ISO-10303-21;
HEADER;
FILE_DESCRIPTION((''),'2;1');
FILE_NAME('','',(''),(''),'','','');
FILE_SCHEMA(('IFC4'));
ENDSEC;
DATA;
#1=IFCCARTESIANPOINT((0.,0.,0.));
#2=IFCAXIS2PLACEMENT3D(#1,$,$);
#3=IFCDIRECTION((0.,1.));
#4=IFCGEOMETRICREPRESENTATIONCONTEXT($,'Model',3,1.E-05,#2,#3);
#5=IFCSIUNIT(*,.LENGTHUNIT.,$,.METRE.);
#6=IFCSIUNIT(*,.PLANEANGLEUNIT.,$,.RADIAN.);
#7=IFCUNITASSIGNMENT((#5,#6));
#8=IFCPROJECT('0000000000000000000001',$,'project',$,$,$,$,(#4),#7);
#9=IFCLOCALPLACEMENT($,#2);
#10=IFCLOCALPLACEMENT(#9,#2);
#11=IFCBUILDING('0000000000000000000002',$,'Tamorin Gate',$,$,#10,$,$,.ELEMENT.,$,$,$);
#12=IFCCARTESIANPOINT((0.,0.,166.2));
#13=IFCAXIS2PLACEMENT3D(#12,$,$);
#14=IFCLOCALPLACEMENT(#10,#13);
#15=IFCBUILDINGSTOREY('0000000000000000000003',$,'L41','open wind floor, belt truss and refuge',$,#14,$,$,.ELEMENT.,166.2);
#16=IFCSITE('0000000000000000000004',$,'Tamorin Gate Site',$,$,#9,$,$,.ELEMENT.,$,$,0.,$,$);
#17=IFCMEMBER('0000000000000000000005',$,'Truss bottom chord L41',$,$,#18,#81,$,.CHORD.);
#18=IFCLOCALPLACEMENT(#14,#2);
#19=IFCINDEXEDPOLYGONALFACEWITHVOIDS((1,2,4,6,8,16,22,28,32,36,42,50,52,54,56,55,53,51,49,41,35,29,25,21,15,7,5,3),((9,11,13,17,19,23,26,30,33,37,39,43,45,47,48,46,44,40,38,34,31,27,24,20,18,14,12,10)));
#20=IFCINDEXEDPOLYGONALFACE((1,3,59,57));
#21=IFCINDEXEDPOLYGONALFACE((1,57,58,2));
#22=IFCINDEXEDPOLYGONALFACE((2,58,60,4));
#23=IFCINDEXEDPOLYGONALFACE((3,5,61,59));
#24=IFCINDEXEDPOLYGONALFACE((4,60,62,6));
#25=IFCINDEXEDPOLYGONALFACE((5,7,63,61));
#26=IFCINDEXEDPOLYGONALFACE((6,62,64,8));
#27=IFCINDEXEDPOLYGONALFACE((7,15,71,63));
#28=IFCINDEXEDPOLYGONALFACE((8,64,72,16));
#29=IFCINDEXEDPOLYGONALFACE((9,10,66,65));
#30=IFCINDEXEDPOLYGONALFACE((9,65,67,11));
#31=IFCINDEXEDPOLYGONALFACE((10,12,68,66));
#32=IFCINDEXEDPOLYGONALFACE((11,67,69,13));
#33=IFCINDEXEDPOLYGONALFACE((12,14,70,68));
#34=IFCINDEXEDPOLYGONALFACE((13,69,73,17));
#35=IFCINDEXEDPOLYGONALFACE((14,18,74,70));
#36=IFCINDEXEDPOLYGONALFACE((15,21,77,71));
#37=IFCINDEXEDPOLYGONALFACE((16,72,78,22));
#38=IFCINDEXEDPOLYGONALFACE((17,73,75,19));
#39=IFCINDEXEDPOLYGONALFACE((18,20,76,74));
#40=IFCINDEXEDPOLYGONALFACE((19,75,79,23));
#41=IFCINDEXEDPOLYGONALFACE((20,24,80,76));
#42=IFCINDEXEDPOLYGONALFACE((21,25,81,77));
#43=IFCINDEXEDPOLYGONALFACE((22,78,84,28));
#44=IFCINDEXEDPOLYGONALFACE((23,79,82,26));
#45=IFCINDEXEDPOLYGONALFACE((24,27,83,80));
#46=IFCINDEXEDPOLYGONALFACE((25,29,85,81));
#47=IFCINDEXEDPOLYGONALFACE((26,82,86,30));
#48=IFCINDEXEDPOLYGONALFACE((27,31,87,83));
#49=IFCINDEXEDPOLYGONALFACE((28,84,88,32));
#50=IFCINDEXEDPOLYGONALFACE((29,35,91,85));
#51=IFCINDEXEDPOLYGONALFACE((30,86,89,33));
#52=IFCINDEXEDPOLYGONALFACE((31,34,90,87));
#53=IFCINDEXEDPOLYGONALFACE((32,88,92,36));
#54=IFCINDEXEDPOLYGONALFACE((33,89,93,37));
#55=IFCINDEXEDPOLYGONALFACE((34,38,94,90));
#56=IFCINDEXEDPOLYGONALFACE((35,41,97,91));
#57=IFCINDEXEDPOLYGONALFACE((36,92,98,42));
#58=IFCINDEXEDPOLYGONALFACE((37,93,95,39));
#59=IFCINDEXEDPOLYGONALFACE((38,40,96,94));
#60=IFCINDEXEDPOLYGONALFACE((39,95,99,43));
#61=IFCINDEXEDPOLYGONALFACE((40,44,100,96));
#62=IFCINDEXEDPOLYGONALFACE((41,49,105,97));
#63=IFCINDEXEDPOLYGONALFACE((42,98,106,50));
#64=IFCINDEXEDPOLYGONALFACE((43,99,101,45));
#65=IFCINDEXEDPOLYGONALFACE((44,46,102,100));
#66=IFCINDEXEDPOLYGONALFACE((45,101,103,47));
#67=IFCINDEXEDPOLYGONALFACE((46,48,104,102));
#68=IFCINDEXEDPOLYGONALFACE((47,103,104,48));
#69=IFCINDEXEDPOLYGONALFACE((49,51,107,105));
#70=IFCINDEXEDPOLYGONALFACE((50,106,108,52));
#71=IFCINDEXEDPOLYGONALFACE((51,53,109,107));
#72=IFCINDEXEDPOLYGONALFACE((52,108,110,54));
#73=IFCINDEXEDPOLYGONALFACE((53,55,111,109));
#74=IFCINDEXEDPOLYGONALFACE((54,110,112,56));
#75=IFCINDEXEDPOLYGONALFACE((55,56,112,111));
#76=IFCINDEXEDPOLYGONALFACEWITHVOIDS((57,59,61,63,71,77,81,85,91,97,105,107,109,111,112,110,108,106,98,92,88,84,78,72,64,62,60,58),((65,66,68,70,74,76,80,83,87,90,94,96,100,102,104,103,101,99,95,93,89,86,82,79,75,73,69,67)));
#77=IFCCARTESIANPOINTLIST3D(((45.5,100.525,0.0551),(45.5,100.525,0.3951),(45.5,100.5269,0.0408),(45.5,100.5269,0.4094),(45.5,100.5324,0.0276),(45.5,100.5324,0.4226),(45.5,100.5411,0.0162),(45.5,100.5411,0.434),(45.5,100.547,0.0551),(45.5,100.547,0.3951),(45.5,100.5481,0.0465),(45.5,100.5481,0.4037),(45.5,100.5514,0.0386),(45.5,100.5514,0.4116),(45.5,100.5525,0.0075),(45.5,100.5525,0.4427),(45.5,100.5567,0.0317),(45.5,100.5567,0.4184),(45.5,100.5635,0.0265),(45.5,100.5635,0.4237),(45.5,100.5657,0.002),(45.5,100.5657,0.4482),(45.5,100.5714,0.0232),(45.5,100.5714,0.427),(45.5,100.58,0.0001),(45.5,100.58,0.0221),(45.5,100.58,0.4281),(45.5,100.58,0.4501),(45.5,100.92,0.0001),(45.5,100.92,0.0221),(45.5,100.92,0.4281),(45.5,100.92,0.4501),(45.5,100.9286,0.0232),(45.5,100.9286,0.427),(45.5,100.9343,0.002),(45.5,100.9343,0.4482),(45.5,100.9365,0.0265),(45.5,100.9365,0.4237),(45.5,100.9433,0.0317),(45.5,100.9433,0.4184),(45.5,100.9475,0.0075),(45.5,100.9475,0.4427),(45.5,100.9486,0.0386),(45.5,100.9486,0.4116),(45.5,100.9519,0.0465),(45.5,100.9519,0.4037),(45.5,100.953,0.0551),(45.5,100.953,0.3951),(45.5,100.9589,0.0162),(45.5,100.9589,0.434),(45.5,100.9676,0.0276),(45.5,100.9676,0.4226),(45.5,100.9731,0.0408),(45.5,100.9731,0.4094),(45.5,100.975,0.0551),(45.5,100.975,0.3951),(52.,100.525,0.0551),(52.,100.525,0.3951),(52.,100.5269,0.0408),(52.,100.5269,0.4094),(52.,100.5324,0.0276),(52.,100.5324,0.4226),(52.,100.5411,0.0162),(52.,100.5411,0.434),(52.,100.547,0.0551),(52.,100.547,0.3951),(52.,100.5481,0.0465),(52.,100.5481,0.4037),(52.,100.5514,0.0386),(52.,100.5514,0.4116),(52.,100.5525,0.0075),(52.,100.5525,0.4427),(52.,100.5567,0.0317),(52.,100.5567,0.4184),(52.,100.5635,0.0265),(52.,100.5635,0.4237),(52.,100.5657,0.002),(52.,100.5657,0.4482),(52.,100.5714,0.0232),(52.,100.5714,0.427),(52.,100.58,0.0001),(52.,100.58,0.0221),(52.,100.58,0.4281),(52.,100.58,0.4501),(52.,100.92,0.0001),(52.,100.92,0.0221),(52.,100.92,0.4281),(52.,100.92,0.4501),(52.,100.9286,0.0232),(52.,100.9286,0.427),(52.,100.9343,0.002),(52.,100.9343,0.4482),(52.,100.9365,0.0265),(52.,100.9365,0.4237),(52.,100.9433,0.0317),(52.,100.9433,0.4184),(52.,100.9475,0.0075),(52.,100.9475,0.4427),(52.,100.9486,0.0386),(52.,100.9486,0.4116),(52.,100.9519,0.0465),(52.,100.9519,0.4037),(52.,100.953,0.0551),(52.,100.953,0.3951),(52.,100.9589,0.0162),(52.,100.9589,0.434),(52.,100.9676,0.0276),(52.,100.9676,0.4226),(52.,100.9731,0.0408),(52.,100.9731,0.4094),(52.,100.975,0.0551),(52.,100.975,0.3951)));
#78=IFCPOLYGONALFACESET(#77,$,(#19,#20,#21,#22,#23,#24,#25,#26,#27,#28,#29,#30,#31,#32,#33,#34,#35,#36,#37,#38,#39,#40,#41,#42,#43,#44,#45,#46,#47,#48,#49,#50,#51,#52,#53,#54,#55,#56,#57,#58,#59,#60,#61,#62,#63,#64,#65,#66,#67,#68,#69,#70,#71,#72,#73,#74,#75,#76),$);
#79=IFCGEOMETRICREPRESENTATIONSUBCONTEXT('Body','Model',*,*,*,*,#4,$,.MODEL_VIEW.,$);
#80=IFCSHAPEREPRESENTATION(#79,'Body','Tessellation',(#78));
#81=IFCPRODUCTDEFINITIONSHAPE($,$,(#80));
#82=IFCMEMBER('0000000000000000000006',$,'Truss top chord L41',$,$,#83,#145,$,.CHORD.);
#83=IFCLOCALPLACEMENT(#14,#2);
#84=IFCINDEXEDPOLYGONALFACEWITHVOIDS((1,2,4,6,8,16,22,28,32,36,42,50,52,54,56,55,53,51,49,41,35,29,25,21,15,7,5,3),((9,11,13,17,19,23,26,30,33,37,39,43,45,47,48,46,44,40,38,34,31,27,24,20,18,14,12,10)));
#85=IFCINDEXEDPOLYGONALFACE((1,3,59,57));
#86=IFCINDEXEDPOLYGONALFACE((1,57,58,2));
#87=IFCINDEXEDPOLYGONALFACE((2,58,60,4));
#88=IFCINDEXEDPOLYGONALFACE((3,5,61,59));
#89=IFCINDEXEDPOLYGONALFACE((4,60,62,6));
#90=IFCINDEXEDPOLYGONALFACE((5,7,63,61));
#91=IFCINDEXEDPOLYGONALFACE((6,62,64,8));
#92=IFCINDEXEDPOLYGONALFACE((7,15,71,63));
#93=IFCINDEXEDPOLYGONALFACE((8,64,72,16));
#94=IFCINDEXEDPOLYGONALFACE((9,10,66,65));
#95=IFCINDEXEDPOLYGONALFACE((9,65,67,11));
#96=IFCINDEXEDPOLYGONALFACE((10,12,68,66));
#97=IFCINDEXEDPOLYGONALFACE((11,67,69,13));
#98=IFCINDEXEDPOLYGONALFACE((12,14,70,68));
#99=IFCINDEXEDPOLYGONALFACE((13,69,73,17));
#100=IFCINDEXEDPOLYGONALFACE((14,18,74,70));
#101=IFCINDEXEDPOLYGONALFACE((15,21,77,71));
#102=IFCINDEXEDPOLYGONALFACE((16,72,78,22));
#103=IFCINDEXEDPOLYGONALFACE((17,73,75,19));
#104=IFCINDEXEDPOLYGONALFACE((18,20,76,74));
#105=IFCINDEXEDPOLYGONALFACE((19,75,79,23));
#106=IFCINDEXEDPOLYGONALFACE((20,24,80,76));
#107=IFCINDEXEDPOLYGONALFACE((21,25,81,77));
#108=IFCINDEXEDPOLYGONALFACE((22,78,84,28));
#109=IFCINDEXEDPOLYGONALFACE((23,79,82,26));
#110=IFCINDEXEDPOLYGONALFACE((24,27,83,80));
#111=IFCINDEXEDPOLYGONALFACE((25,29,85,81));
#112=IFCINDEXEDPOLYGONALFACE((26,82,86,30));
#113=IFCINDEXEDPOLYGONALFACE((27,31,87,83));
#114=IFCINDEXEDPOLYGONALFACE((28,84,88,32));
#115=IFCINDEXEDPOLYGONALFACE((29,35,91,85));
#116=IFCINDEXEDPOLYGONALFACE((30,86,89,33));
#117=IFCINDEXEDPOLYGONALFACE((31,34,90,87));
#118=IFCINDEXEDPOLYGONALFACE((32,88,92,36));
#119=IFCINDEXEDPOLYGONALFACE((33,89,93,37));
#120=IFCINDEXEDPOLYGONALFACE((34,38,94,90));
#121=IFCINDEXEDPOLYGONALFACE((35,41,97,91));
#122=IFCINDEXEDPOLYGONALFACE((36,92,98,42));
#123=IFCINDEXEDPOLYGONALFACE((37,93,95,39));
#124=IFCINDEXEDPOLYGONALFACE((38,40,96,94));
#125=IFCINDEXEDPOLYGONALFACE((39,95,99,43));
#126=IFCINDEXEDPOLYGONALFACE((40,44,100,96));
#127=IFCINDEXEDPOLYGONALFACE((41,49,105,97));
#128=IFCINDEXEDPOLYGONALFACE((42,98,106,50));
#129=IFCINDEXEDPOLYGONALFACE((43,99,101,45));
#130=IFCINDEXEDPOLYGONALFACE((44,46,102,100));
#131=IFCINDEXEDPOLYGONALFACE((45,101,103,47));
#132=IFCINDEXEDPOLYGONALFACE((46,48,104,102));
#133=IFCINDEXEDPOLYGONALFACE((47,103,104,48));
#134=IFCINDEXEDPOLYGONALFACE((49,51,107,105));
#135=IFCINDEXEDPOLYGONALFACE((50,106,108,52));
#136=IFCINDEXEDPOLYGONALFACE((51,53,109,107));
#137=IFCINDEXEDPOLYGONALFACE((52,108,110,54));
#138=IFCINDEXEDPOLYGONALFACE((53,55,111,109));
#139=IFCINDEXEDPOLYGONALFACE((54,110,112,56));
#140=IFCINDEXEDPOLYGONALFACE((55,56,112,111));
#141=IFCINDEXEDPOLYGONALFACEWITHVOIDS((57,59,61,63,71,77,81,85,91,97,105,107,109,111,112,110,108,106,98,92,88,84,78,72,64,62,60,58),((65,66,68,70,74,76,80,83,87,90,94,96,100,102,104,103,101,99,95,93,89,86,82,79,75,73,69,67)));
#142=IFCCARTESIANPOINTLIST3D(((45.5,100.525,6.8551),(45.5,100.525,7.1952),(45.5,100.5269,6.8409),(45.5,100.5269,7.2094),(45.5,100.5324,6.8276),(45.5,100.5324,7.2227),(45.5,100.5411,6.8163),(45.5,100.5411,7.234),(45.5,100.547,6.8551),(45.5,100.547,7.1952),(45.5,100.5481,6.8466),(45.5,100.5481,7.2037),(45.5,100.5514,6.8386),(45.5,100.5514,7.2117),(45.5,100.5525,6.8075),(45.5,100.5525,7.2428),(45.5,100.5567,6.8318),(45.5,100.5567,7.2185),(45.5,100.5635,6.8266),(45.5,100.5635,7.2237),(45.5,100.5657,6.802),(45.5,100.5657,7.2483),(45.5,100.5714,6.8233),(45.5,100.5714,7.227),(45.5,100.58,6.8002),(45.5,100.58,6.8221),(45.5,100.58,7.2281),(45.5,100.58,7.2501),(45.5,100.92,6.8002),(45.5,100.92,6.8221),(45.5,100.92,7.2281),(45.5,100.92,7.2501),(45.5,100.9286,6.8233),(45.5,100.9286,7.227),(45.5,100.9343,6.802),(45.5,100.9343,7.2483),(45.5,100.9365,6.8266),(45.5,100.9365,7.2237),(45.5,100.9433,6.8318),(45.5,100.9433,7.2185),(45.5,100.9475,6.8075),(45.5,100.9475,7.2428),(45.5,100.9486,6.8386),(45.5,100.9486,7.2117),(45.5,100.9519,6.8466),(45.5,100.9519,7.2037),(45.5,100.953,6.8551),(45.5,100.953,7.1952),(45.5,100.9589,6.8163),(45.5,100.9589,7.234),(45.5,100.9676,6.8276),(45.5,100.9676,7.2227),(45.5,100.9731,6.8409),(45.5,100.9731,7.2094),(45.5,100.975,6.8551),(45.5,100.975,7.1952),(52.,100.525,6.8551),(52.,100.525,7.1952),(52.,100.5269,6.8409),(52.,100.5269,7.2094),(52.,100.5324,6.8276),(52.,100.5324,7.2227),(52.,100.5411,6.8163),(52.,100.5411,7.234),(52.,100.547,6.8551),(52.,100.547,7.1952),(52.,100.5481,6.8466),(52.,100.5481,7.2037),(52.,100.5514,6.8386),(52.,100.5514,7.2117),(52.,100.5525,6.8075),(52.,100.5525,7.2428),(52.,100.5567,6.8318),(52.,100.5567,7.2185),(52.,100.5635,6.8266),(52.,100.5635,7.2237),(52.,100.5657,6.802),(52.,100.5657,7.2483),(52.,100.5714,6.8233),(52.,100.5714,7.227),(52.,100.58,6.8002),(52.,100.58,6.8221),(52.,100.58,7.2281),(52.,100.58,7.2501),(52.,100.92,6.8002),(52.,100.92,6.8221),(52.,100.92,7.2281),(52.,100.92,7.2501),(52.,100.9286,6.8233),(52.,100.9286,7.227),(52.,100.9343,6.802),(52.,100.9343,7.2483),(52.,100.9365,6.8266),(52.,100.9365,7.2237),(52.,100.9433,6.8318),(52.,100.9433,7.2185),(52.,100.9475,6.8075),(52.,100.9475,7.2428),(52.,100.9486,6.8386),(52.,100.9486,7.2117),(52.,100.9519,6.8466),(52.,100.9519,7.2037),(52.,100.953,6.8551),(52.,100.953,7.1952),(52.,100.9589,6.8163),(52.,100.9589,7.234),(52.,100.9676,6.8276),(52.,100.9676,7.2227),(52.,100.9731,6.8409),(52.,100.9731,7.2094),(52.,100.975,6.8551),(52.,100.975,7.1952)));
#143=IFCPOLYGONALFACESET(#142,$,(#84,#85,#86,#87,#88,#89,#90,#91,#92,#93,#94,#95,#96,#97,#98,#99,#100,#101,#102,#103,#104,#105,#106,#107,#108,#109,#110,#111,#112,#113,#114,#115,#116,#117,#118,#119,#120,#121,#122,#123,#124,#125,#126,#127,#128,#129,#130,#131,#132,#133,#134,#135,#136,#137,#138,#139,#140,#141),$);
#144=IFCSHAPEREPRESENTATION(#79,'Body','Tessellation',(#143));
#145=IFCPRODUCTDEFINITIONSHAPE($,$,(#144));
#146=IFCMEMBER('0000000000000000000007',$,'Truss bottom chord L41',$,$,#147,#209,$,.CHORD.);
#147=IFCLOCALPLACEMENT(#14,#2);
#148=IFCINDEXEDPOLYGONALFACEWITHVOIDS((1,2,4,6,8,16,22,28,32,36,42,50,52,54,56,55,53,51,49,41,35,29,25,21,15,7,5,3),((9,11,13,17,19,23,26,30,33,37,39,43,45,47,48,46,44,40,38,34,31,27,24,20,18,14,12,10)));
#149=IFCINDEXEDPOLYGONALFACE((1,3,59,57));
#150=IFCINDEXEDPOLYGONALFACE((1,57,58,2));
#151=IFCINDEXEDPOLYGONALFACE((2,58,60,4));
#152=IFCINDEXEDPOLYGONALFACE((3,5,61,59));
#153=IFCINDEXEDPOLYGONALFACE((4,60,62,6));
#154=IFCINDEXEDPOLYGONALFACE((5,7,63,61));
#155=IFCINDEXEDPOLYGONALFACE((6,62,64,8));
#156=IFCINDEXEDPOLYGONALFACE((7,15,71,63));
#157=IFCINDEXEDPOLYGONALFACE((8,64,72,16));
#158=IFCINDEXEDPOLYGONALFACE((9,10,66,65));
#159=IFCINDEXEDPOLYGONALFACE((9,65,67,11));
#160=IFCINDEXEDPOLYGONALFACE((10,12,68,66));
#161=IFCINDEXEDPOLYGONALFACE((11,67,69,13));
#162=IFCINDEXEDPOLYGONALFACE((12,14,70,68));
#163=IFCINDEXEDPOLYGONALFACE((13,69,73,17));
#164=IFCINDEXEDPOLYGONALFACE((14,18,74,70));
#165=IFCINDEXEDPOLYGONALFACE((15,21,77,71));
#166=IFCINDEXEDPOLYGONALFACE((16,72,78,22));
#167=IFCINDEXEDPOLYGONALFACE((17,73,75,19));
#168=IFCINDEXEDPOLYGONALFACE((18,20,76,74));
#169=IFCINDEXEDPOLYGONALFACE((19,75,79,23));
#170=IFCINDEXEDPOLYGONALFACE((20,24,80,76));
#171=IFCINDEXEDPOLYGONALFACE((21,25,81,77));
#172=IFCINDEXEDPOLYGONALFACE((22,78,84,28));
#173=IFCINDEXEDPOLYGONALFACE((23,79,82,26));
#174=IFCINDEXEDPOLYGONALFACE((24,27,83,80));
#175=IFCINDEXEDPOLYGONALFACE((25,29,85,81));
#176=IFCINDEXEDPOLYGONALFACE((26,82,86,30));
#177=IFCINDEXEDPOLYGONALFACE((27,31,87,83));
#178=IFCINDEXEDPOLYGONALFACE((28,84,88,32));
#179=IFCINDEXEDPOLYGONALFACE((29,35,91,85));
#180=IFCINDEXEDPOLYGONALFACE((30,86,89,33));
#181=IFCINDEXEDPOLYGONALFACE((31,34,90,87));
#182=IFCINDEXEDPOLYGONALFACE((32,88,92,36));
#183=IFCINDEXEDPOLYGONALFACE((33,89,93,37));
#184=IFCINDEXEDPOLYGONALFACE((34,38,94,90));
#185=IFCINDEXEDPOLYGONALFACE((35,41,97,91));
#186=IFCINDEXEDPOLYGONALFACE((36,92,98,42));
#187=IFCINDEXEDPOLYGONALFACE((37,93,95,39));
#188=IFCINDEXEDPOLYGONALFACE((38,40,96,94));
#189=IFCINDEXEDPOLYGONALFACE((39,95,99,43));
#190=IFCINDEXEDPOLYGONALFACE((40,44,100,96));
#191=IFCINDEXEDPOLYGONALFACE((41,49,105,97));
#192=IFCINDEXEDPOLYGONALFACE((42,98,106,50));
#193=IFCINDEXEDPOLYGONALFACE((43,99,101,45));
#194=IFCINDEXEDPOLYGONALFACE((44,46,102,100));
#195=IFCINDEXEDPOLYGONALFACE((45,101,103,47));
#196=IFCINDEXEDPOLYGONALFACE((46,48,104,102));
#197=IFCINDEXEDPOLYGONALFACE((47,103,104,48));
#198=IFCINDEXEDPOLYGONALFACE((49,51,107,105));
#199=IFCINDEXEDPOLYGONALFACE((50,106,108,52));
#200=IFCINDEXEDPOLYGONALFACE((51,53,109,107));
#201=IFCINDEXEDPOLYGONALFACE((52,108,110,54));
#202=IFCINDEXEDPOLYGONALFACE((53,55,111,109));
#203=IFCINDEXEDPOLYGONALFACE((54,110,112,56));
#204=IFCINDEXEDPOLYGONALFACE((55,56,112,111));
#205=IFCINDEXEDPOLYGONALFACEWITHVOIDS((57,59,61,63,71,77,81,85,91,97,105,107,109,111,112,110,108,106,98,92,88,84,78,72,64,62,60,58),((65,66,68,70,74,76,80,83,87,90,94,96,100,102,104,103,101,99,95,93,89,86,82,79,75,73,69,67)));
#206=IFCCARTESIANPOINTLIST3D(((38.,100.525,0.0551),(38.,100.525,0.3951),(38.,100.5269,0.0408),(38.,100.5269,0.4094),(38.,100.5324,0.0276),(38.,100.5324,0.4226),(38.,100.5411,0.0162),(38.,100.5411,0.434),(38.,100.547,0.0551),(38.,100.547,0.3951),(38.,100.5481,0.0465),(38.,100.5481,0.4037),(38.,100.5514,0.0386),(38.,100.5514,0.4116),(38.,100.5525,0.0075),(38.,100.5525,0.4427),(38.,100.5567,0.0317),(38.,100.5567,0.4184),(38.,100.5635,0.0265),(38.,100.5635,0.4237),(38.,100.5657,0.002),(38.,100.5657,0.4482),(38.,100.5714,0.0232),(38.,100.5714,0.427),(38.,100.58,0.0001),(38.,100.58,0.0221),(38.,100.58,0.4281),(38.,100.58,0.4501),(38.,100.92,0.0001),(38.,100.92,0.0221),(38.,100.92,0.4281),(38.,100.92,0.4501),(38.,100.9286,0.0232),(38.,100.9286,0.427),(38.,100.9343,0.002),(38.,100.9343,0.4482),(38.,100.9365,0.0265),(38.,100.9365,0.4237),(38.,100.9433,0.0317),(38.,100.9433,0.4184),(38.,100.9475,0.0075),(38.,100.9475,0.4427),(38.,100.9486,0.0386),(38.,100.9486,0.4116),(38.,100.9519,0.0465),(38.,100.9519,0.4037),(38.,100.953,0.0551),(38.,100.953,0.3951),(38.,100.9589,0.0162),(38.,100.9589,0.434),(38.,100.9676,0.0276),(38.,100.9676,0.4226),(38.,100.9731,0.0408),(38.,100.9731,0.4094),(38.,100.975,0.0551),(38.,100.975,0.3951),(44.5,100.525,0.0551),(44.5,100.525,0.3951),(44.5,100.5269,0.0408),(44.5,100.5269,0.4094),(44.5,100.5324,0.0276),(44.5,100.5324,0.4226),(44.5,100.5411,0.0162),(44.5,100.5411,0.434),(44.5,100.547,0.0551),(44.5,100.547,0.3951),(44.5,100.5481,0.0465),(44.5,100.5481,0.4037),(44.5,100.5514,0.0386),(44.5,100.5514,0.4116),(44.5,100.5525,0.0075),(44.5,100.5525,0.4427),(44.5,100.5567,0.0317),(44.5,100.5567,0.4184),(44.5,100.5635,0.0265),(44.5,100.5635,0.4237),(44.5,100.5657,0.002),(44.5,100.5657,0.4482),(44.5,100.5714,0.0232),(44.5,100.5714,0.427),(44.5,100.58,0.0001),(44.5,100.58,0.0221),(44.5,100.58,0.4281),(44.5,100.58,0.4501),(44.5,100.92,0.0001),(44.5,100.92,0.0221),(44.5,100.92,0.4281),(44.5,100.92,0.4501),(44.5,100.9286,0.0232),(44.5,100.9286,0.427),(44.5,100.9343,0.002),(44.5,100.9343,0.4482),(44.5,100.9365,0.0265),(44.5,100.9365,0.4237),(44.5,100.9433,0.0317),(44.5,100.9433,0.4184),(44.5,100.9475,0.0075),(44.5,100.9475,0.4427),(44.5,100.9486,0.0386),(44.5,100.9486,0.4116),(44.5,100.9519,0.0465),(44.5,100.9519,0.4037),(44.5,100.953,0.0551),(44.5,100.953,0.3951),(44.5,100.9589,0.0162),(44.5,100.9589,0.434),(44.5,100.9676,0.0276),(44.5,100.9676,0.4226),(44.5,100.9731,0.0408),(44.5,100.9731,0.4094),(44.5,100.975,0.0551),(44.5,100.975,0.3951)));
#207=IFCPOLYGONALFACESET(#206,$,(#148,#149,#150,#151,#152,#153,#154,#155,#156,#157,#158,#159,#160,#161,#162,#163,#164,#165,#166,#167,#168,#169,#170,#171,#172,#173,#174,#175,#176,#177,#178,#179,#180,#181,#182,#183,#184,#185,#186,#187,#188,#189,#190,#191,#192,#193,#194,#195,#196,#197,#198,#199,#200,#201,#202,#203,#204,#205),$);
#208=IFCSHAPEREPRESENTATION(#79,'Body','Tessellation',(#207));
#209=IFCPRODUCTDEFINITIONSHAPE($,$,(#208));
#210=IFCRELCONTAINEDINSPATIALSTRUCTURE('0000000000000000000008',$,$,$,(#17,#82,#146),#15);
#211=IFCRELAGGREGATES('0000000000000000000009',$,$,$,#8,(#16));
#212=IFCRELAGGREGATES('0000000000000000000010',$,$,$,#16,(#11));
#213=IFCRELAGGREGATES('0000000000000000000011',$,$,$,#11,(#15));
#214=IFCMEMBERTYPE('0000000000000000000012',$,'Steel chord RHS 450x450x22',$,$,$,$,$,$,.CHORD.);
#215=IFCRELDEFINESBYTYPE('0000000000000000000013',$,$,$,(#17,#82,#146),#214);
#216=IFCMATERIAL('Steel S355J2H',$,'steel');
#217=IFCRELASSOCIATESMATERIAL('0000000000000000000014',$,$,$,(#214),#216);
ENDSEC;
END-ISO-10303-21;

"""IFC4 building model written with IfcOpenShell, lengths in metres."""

from ifc_helpers import new_model, si_unit, direction, frame, origin, origin_2d, place, context, subcontext, project, spatial, hollow_rectangle, extrude, material, material_profile, profile_set, type_object, element, save


model = new_model("IFC4")

# Units and contexts
model_context = context("Model", 3, precision=1e-05, world=origin(), true_north=direction((0.0, 1.0)))
body_context = subcontext(model_context, "Body", "Model", "MODEL_VIEW")
ifc_project = project(units=[si_unit("LENGTHUNIT", "METRE"), si_unit("PLANEANGLEUNIT", "RADIAN")], contexts=[model_context])

# Site, building, storey
site_placement = place(None, origin())
site = spatial("IfcSite", under=ifc_project, at=site_placement, Name="Tamorin Gate Site", CompositionType="ELEMENT", RefElevation=0.0)
building_placement = place(site_placement, origin())
building = spatial("IfcBuilding", under=site, at=building_placement, Name="Tamorin Gate", CompositionType="ELEMENT")
storey_placement = place(building_placement, frame((0.0, 0.0, 166.2)))
storey = spatial("IfcBuildingStorey", under=building, at=storey_placement, Name="L41", Description="open wind floor, belt truss and refuge", CompositionType="ELEMENT", Elevation=166.2)

# Members
ifc_material_1 = material(Name="Steel S355J2H", Category="steel")
ifc_material_profile_1 = material_profile(ifc_material_1, hollow_rectangle(XDim=0.45, YDim=0.45, WallThickness=0.022, InnerFilletRadius=0.033, OuterFilletRadius=0.0549, at=origin_2d()), Name="RHS 450x450x22")
ifc_profile_set_1 = profile_set([ifc_material_profile_1], Name="Steel S355J2H")
member_type_1 = type_object("IfcMemberType", Name="Steel chord RHS 450x450x22", PredefinedType="CHORD", material=ifc_profile_set_1)
for number, where, z_axis, x_axis, name in (
    (1, (52.0, 100.75, 0.2251), (-1.0, 0.0, 0.0), (0.0, -1.0, 0.0), "Truss bottom chord L41"),
    (2, (52.0, 100.75, 7.0251), (-1.0, 0.0, 0.0), (0.0, -1.0, 0.0), "Truss top chord L41"),
    (3, (44.5, 100.75, 0.2251), (-1.0, 0.0, 0.0), (0.0, -1.0, 0.0), "Truss bottom chord L41"),
):
    element("IfcMember", number, at=place(storey_placement, frame(where, z_axis=z_axis, x_axis=x_axis)), inside=storey, type_object=member_type_1, Name=name, PredefinedType="CHORD", context=body_context, shape_type="SweptSolid", body=[
        extrude(hollow_rectangle(XDim=0.45, YDim=0.45, WallThickness=0.022, InnerFilletRadius=0.033, OuterFilletRadius=0.0549, at=origin_2d()), origin(), (0.0, 0.0, 1.0), 6.5),
    ])

save(model, "model.ifc")
